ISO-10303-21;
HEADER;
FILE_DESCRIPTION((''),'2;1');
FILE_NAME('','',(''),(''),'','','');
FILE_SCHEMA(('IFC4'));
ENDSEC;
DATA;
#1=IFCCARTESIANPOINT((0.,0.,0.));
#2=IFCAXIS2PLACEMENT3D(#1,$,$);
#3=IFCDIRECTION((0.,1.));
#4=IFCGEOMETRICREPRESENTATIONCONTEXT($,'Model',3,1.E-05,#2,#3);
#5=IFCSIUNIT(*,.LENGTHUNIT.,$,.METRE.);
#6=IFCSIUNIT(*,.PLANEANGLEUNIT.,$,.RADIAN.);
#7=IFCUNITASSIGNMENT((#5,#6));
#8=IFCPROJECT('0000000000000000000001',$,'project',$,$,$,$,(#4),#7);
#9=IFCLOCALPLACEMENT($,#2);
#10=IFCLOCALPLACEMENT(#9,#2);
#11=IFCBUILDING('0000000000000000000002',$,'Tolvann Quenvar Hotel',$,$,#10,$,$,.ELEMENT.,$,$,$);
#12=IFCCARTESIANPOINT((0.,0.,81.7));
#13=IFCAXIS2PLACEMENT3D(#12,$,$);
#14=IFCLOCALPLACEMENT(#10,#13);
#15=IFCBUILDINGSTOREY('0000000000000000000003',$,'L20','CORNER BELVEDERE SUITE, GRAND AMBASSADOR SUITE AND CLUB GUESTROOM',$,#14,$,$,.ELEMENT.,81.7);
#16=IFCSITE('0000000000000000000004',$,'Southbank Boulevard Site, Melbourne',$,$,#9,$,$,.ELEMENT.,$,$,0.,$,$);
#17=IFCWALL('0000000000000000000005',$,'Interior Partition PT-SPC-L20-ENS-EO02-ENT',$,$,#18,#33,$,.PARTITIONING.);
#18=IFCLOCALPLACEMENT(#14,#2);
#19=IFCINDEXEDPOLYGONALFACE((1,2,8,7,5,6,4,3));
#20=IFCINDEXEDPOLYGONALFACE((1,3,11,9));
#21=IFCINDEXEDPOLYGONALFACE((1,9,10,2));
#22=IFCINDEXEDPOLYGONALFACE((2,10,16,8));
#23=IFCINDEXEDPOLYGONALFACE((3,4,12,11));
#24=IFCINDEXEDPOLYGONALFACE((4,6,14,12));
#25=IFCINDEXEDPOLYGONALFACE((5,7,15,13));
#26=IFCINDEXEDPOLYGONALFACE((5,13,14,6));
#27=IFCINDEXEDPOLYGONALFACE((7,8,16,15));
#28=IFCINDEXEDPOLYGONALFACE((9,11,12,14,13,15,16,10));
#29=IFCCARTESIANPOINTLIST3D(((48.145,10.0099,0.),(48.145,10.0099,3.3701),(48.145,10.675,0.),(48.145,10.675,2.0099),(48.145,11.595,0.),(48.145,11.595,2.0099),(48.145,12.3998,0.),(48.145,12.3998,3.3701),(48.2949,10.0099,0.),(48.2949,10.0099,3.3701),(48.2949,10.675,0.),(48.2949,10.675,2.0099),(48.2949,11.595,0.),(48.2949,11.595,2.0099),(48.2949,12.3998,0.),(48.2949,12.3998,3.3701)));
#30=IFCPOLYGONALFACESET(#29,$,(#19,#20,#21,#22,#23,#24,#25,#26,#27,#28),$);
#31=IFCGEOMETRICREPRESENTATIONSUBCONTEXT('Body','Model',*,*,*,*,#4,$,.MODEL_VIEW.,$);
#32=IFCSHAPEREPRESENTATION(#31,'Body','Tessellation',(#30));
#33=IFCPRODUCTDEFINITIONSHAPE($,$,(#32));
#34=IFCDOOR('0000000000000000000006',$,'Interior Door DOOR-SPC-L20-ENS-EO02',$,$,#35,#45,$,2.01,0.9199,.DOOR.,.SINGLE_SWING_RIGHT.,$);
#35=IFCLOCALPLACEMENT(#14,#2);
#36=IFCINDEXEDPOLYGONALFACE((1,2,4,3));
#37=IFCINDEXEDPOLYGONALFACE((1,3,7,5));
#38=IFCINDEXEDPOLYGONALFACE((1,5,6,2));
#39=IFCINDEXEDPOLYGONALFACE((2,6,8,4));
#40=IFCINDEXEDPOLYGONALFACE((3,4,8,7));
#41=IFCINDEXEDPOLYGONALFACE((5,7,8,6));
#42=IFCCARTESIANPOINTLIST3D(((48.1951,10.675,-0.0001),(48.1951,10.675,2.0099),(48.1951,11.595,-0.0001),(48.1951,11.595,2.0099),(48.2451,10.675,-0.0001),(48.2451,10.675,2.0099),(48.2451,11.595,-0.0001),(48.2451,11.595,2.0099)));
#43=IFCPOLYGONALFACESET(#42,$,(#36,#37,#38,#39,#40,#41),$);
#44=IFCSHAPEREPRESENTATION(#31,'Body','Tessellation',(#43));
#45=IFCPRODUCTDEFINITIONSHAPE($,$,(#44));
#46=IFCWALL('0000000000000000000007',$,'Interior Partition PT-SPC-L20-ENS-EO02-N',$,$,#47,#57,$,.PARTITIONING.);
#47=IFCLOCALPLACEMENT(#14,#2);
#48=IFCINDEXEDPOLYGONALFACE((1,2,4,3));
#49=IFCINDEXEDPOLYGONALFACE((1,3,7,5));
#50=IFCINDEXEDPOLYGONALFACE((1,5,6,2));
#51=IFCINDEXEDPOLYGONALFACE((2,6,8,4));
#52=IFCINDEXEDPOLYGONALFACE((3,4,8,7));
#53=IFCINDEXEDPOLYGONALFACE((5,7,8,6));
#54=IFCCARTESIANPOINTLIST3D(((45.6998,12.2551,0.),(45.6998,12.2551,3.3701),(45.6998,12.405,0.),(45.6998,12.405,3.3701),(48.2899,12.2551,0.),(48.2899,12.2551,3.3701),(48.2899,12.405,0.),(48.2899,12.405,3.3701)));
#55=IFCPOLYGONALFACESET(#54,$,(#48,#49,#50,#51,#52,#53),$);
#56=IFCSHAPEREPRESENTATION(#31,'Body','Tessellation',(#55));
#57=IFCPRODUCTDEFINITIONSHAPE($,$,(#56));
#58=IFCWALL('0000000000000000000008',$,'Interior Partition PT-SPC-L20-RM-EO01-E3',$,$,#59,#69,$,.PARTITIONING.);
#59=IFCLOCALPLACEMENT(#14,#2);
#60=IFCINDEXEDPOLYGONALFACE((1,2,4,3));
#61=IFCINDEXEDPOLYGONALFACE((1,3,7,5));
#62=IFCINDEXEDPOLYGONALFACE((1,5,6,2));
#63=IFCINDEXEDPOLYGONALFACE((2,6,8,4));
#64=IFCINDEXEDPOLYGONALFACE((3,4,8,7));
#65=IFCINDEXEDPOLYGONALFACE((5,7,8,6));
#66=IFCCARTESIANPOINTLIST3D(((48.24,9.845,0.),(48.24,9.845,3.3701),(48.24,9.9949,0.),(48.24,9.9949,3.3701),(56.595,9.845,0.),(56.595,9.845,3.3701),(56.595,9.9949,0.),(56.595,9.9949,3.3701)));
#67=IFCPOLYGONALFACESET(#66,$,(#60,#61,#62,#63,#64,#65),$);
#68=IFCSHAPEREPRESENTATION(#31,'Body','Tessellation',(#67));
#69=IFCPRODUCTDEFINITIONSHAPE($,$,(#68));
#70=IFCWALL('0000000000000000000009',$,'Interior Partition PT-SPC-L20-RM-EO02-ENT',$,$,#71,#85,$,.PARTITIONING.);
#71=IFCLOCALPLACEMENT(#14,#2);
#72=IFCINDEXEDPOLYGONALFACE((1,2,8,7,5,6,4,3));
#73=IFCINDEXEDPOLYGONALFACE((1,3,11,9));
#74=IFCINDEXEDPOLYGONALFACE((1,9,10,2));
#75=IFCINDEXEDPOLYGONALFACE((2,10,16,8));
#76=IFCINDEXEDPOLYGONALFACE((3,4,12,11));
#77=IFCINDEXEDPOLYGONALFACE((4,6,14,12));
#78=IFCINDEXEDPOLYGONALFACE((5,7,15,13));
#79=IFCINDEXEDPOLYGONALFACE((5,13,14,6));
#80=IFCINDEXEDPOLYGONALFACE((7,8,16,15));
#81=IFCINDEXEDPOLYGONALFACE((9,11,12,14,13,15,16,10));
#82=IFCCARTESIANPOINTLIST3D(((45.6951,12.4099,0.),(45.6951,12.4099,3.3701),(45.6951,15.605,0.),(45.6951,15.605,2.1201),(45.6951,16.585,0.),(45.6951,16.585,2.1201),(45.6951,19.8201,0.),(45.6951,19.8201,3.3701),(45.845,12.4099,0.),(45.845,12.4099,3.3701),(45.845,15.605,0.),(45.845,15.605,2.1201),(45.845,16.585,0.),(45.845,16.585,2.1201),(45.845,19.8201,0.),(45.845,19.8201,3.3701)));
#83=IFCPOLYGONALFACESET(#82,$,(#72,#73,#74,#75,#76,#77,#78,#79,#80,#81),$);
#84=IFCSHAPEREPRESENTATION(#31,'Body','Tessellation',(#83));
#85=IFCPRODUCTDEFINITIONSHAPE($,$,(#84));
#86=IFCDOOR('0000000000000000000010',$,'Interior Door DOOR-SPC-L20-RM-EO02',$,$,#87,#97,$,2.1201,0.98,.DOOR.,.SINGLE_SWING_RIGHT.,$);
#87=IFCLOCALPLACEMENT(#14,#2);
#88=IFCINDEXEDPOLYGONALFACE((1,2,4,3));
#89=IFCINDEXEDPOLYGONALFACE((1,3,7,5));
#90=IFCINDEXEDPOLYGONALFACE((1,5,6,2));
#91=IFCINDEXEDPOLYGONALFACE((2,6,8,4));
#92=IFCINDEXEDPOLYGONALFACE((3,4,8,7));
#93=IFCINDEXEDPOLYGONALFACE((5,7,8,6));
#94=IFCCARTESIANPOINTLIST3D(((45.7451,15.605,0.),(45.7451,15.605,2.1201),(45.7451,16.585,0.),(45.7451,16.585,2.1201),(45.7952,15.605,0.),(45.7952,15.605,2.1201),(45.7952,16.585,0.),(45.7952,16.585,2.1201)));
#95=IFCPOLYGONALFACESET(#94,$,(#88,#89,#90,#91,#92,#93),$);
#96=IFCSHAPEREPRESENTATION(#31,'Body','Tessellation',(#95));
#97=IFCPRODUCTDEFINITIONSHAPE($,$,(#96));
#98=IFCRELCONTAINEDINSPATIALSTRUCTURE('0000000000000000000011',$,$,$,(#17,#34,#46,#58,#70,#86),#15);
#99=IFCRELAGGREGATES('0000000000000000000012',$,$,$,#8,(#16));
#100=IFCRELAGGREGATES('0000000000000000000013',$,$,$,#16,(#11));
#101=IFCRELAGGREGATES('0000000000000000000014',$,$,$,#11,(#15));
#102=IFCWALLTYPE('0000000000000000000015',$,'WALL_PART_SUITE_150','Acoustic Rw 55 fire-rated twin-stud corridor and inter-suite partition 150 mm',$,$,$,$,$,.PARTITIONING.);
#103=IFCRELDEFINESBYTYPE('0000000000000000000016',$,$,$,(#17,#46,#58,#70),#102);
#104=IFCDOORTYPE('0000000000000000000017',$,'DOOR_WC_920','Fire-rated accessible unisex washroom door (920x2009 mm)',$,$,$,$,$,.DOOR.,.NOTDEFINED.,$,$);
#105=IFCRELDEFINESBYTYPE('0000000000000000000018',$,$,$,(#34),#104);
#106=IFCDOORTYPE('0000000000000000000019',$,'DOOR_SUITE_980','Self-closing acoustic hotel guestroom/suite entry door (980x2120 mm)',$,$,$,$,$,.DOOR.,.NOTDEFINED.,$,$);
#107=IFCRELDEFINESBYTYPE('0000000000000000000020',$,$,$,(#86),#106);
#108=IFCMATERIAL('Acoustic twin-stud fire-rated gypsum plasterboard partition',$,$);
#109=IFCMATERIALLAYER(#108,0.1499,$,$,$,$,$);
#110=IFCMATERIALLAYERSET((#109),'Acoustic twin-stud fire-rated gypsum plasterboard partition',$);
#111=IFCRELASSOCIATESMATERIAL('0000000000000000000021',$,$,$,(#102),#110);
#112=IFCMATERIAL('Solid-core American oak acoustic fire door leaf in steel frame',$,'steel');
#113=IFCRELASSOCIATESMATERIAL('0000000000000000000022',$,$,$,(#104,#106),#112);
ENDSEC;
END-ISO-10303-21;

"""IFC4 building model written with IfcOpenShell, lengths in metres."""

from ifc_helpers import new_model, si_unit, direction, frame, frame_2d, origin, place, context, subcontext, project, spatial, rectangle, extrude, source, transform, mapped, material, layer, layer_set, type_object, type_shapes, element, fill, save


model = new_model("IFC4")

# Units and contexts
model_context = context("Model", 3, precision=1e-05, world=origin(), true_north=direction((0.0, 1.0)))
body_context = subcontext(model_context, "Body", "Model", "MODEL_VIEW")
ifc_project = project(units=[si_unit("LENGTHUNIT", "METRE"), si_unit("PLANEANGLEUNIT", "RADIAN")], contexts=[model_context])

# Site, building, storey
site_placement = place(None, origin())
site = spatial("IfcSite", under=ifc_project, at=site_placement, Name="Southbank Boulevard Site, Melbourne", CompositionType="ELEMENT", RefElevation=0.0)
building_placement = place(site_placement, origin())
building = spatial("IfcBuilding", under=site, at=building_placement, Name="Tolvann Quenvar Hotel", CompositionType="ELEMENT")
storey_placement = place(building_placement, frame((0.0, 0.0, 81.7)))
storey = spatial("IfcBuildingStorey", under=building, at=storey_placement, Name="L20", Description="CORNER BELVEDERE SUITE, GRAND AMBASSADOR SUITE AND CLUB GUESTROOM", CompositionType="ELEMENT", Elevation=81.7)

# Wall, opening, door
ifc_material_1 = material(Name="Acoustic twin-stud fire-rated gypsum plasterboard partition")
ifc_layer_1 = layer(ifc_material_1, 0.1499)
ifc_layer_set_1 = layer_set([ifc_layer_1], Name="Acoustic twin-stud fire-rated gypsum plasterboard partition")
wall_type_1 = type_object("IfcWallType", Name="WALL_PART_SUITE_150", Description="Acoustic Rw 55 fire-rated twin-stud corridor and inter-suite partition 150 mm", PredefinedType="PARTITIONING", material=ifc_layer_set_1)
ifc_material_2 = material(Name="Solid-core American oak acoustic fire door leaf in steel frame", Category="steel")
door_type_1 = type_object("IfcDoorType", Name="DOOR_WC_920", Description="Fire-rated accessible unisex washroom door (920x2009 mm)", OperationType="NOTDEFINED", PredefinedType="DOOR", material=ifc_material_2)
shared_shape_1 = source(origin(), body_context, "Body", "SweptSolid", [
    extrude(rectangle(XDim=0.9199, YDim=2.01, at=frame_2d((0.46, 1.0049))), frame((0.0, 0.0249, 0.0), z_axis=(0.0, -1.0, 0.0), x_axis=(1.0, 0.0, 0.0)), (0.0, 0.0, 1.0), 0.05),
])
type_shapes(door_type_1, [shared_shape_1])
wall_1_placement = place(storey_placement, frame((48.22, 10.01, 0.0), z_axis=(0.0, 0.0, 1.0), x_axis=(0.0, 1.0, 0.0)))
wall_1 = element("IfcWall", 1, at=wall_1_placement, inside=storey, type_object=wall_type_1, Name="Interior Partition PT-SPC-L20-ENS-EO02-ENT", PredefinedType="PARTITIONING", context=body_context, shape_type="SweptSolid", body=[
    extrude(rectangle(XDim=2.3899, YDim=0.1499, at=frame_2d((1.1948, 0.0))), origin(), (0.0, 0.0, 1.0), 3.3701),
])
opening_1_placement = place(wall_1_placement, frame((0.665, 0.0, 0.0)))
opening_1 = element("IfcOpeningElement", 2, at=opening_1_placement, cuts=wall_1, PredefinedType="OPENING", context=body_context, shape_type="SweptSolid", body=[
    extrude(rectangle(XDim=0.9199, YDim=2.01, at=frame_2d((0.46, 1.0049))), frame((0.0, 0.085, 0.0), z_axis=(0.0, -1.0, 0.0), x_axis=(1.0, 0.0, 0.0)), (0.0, 0.0, 1.0), 0.1699),
])
door_1_placement = place(opening_1_placement, origin())
door_1 = element("IfcDoor", 3, at=door_1_placement, inside=storey, type_object=door_type_1, Name="Interior Door DOOR-SPC-L20-ENS-EO02", OperationType="SINGLE_SWING_RIGHT", OverallHeight=2.01, OverallWidth=0.9199, PredefinedType="DOOR", context=body_context, shape_type="MappedRepresentation", body=[
    mapped(shared_shape_1, transform((0.0, 0.0, 0.0), x_axis=(1.0, 0.0, 0.0), y_axis=(0.0, 1.0, 0.0), z_axis=(0.0, 0.0, 1.0), scale=1.0)),
])
fill(opening_1, door_1)

# Wall
wall_2_placement = place(storey_placement, frame((45.7, 12.3301, 0.0), z_axis=(0.0, 0.0, 1.0), x_axis=(1.0, 0.0, 0.0)))
element("IfcWall", 4, at=wall_2_placement, inside=storey, type_object=wall_type_1, Name="Interior Partition PT-SPC-L20-ENS-EO02-N", PredefinedType="PARTITIONING", context=body_context, shape_type="SweptSolid", body=[
    extrude(rectangle(XDim=2.5901, YDim=0.1499, at=frame_2d((1.2949, 0.0))), origin(), (0.0, 0.0, 1.0), 3.3701),
])

# Shared definitions
door_type_2 = type_object("IfcDoorType", Name="DOOR_SUITE_980", Description="Self-closing acoustic hotel guestroom/suite entry door (980x2120 mm)", OperationType="NOTDEFINED", PredefinedType="DOOR", material=ifc_material_2)
shared_shape_2 = source(origin(), body_context, "Body", "SweptSolid", [
    extrude(rectangle(XDim=0.98, YDim=2.1201, at=frame_2d((0.49, 1.0601))), frame((0.0, 0.0249, 0.0), z_axis=(0.0, -1.0, 0.0), x_axis=(1.0, 0.0, 0.0)), (0.0, 0.0, 1.0), 0.05),
])
type_shapes(door_type_2, [shared_shape_2])

# Wall
wall_3_placement = place(storey_placement, frame((48.24, 9.9199, 0.0), z_axis=(0.0, 0.0, 1.0), x_axis=(1.0, 0.0, 0.0)))
element("IfcWall", 5, at=wall_3_placement, inside=storey, type_object=wall_type_1, Name="Interior Partition PT-SPC-L20-RM-EO01-E3", PredefinedType="PARTITIONING", context=body_context, shape_type="SweptSolid", body=[
    extrude(rectangle(XDim=8.355, YDim=0.1499, at=frame_2d((4.1775, 0.0))), origin(), (0.0, 0.0, 1.0), 3.3701),
])

# Wall, opening, door
wall_4_placement = place(storey_placement, frame((45.77, 12.4099, 0.0), z_axis=(0.0, 0.0, 1.0), x_axis=(0.0, 1.0, 0.0)))
wall_4 = element("IfcWall", 6, at=wall_4_placement, inside=storey, type_object=wall_type_1, Name="Interior Partition PT-SPC-L20-RM-EO02-ENT", PredefinedType="PARTITIONING", context=body_context, shape_type="SweptSolid", body=[
    extrude(rectangle(XDim=7.4102, YDim=0.1499, at=frame_2d((3.7051, 0.0))), origin(), (0.0, 0.0, 1.0), 3.3701),
])
opening_2_placement = place(wall_4_placement, frame((3.1951, 0.0, 0.0)))
opening_2 = element("IfcOpeningElement", 7, at=opening_2_placement, cuts=wall_4, PredefinedType="OPENING", context=body_context, shape_type="SweptSolid", body=[
    extrude(rectangle(XDim=0.98, YDim=2.1201, at=frame_2d((0.49, 1.0601))), frame((0.0, 0.085, 0.0), z_axis=(0.0, -1.0, 0.0), x_axis=(1.0, 0.0, 0.0)), (0.0, 0.0, 1.0), 0.1699),
])
door_2_placement = place(opening_2_placement, origin())
door_2 = element("IfcDoor", 8, at=door_2_placement, inside=storey, type_object=door_type_2, Name="Interior Door DOOR-SPC-L20-RM-EO02", OperationType="SINGLE_SWING_RIGHT", OverallHeight=2.1201, OverallWidth=0.98, PredefinedType="DOOR", context=body_context, shape_type="MappedRepresentation", body=[
    mapped(shared_shape_2, transform((0.0, 0.0, 0.0), x_axis=(1.0, 0.0, 0.0), y_axis=(0.0, 1.0, 0.0), z_axis=(0.0, 0.0, 1.0), scale=1.0)),
])
fill(opening_2, door_2)

save(model, "model.ifc")
